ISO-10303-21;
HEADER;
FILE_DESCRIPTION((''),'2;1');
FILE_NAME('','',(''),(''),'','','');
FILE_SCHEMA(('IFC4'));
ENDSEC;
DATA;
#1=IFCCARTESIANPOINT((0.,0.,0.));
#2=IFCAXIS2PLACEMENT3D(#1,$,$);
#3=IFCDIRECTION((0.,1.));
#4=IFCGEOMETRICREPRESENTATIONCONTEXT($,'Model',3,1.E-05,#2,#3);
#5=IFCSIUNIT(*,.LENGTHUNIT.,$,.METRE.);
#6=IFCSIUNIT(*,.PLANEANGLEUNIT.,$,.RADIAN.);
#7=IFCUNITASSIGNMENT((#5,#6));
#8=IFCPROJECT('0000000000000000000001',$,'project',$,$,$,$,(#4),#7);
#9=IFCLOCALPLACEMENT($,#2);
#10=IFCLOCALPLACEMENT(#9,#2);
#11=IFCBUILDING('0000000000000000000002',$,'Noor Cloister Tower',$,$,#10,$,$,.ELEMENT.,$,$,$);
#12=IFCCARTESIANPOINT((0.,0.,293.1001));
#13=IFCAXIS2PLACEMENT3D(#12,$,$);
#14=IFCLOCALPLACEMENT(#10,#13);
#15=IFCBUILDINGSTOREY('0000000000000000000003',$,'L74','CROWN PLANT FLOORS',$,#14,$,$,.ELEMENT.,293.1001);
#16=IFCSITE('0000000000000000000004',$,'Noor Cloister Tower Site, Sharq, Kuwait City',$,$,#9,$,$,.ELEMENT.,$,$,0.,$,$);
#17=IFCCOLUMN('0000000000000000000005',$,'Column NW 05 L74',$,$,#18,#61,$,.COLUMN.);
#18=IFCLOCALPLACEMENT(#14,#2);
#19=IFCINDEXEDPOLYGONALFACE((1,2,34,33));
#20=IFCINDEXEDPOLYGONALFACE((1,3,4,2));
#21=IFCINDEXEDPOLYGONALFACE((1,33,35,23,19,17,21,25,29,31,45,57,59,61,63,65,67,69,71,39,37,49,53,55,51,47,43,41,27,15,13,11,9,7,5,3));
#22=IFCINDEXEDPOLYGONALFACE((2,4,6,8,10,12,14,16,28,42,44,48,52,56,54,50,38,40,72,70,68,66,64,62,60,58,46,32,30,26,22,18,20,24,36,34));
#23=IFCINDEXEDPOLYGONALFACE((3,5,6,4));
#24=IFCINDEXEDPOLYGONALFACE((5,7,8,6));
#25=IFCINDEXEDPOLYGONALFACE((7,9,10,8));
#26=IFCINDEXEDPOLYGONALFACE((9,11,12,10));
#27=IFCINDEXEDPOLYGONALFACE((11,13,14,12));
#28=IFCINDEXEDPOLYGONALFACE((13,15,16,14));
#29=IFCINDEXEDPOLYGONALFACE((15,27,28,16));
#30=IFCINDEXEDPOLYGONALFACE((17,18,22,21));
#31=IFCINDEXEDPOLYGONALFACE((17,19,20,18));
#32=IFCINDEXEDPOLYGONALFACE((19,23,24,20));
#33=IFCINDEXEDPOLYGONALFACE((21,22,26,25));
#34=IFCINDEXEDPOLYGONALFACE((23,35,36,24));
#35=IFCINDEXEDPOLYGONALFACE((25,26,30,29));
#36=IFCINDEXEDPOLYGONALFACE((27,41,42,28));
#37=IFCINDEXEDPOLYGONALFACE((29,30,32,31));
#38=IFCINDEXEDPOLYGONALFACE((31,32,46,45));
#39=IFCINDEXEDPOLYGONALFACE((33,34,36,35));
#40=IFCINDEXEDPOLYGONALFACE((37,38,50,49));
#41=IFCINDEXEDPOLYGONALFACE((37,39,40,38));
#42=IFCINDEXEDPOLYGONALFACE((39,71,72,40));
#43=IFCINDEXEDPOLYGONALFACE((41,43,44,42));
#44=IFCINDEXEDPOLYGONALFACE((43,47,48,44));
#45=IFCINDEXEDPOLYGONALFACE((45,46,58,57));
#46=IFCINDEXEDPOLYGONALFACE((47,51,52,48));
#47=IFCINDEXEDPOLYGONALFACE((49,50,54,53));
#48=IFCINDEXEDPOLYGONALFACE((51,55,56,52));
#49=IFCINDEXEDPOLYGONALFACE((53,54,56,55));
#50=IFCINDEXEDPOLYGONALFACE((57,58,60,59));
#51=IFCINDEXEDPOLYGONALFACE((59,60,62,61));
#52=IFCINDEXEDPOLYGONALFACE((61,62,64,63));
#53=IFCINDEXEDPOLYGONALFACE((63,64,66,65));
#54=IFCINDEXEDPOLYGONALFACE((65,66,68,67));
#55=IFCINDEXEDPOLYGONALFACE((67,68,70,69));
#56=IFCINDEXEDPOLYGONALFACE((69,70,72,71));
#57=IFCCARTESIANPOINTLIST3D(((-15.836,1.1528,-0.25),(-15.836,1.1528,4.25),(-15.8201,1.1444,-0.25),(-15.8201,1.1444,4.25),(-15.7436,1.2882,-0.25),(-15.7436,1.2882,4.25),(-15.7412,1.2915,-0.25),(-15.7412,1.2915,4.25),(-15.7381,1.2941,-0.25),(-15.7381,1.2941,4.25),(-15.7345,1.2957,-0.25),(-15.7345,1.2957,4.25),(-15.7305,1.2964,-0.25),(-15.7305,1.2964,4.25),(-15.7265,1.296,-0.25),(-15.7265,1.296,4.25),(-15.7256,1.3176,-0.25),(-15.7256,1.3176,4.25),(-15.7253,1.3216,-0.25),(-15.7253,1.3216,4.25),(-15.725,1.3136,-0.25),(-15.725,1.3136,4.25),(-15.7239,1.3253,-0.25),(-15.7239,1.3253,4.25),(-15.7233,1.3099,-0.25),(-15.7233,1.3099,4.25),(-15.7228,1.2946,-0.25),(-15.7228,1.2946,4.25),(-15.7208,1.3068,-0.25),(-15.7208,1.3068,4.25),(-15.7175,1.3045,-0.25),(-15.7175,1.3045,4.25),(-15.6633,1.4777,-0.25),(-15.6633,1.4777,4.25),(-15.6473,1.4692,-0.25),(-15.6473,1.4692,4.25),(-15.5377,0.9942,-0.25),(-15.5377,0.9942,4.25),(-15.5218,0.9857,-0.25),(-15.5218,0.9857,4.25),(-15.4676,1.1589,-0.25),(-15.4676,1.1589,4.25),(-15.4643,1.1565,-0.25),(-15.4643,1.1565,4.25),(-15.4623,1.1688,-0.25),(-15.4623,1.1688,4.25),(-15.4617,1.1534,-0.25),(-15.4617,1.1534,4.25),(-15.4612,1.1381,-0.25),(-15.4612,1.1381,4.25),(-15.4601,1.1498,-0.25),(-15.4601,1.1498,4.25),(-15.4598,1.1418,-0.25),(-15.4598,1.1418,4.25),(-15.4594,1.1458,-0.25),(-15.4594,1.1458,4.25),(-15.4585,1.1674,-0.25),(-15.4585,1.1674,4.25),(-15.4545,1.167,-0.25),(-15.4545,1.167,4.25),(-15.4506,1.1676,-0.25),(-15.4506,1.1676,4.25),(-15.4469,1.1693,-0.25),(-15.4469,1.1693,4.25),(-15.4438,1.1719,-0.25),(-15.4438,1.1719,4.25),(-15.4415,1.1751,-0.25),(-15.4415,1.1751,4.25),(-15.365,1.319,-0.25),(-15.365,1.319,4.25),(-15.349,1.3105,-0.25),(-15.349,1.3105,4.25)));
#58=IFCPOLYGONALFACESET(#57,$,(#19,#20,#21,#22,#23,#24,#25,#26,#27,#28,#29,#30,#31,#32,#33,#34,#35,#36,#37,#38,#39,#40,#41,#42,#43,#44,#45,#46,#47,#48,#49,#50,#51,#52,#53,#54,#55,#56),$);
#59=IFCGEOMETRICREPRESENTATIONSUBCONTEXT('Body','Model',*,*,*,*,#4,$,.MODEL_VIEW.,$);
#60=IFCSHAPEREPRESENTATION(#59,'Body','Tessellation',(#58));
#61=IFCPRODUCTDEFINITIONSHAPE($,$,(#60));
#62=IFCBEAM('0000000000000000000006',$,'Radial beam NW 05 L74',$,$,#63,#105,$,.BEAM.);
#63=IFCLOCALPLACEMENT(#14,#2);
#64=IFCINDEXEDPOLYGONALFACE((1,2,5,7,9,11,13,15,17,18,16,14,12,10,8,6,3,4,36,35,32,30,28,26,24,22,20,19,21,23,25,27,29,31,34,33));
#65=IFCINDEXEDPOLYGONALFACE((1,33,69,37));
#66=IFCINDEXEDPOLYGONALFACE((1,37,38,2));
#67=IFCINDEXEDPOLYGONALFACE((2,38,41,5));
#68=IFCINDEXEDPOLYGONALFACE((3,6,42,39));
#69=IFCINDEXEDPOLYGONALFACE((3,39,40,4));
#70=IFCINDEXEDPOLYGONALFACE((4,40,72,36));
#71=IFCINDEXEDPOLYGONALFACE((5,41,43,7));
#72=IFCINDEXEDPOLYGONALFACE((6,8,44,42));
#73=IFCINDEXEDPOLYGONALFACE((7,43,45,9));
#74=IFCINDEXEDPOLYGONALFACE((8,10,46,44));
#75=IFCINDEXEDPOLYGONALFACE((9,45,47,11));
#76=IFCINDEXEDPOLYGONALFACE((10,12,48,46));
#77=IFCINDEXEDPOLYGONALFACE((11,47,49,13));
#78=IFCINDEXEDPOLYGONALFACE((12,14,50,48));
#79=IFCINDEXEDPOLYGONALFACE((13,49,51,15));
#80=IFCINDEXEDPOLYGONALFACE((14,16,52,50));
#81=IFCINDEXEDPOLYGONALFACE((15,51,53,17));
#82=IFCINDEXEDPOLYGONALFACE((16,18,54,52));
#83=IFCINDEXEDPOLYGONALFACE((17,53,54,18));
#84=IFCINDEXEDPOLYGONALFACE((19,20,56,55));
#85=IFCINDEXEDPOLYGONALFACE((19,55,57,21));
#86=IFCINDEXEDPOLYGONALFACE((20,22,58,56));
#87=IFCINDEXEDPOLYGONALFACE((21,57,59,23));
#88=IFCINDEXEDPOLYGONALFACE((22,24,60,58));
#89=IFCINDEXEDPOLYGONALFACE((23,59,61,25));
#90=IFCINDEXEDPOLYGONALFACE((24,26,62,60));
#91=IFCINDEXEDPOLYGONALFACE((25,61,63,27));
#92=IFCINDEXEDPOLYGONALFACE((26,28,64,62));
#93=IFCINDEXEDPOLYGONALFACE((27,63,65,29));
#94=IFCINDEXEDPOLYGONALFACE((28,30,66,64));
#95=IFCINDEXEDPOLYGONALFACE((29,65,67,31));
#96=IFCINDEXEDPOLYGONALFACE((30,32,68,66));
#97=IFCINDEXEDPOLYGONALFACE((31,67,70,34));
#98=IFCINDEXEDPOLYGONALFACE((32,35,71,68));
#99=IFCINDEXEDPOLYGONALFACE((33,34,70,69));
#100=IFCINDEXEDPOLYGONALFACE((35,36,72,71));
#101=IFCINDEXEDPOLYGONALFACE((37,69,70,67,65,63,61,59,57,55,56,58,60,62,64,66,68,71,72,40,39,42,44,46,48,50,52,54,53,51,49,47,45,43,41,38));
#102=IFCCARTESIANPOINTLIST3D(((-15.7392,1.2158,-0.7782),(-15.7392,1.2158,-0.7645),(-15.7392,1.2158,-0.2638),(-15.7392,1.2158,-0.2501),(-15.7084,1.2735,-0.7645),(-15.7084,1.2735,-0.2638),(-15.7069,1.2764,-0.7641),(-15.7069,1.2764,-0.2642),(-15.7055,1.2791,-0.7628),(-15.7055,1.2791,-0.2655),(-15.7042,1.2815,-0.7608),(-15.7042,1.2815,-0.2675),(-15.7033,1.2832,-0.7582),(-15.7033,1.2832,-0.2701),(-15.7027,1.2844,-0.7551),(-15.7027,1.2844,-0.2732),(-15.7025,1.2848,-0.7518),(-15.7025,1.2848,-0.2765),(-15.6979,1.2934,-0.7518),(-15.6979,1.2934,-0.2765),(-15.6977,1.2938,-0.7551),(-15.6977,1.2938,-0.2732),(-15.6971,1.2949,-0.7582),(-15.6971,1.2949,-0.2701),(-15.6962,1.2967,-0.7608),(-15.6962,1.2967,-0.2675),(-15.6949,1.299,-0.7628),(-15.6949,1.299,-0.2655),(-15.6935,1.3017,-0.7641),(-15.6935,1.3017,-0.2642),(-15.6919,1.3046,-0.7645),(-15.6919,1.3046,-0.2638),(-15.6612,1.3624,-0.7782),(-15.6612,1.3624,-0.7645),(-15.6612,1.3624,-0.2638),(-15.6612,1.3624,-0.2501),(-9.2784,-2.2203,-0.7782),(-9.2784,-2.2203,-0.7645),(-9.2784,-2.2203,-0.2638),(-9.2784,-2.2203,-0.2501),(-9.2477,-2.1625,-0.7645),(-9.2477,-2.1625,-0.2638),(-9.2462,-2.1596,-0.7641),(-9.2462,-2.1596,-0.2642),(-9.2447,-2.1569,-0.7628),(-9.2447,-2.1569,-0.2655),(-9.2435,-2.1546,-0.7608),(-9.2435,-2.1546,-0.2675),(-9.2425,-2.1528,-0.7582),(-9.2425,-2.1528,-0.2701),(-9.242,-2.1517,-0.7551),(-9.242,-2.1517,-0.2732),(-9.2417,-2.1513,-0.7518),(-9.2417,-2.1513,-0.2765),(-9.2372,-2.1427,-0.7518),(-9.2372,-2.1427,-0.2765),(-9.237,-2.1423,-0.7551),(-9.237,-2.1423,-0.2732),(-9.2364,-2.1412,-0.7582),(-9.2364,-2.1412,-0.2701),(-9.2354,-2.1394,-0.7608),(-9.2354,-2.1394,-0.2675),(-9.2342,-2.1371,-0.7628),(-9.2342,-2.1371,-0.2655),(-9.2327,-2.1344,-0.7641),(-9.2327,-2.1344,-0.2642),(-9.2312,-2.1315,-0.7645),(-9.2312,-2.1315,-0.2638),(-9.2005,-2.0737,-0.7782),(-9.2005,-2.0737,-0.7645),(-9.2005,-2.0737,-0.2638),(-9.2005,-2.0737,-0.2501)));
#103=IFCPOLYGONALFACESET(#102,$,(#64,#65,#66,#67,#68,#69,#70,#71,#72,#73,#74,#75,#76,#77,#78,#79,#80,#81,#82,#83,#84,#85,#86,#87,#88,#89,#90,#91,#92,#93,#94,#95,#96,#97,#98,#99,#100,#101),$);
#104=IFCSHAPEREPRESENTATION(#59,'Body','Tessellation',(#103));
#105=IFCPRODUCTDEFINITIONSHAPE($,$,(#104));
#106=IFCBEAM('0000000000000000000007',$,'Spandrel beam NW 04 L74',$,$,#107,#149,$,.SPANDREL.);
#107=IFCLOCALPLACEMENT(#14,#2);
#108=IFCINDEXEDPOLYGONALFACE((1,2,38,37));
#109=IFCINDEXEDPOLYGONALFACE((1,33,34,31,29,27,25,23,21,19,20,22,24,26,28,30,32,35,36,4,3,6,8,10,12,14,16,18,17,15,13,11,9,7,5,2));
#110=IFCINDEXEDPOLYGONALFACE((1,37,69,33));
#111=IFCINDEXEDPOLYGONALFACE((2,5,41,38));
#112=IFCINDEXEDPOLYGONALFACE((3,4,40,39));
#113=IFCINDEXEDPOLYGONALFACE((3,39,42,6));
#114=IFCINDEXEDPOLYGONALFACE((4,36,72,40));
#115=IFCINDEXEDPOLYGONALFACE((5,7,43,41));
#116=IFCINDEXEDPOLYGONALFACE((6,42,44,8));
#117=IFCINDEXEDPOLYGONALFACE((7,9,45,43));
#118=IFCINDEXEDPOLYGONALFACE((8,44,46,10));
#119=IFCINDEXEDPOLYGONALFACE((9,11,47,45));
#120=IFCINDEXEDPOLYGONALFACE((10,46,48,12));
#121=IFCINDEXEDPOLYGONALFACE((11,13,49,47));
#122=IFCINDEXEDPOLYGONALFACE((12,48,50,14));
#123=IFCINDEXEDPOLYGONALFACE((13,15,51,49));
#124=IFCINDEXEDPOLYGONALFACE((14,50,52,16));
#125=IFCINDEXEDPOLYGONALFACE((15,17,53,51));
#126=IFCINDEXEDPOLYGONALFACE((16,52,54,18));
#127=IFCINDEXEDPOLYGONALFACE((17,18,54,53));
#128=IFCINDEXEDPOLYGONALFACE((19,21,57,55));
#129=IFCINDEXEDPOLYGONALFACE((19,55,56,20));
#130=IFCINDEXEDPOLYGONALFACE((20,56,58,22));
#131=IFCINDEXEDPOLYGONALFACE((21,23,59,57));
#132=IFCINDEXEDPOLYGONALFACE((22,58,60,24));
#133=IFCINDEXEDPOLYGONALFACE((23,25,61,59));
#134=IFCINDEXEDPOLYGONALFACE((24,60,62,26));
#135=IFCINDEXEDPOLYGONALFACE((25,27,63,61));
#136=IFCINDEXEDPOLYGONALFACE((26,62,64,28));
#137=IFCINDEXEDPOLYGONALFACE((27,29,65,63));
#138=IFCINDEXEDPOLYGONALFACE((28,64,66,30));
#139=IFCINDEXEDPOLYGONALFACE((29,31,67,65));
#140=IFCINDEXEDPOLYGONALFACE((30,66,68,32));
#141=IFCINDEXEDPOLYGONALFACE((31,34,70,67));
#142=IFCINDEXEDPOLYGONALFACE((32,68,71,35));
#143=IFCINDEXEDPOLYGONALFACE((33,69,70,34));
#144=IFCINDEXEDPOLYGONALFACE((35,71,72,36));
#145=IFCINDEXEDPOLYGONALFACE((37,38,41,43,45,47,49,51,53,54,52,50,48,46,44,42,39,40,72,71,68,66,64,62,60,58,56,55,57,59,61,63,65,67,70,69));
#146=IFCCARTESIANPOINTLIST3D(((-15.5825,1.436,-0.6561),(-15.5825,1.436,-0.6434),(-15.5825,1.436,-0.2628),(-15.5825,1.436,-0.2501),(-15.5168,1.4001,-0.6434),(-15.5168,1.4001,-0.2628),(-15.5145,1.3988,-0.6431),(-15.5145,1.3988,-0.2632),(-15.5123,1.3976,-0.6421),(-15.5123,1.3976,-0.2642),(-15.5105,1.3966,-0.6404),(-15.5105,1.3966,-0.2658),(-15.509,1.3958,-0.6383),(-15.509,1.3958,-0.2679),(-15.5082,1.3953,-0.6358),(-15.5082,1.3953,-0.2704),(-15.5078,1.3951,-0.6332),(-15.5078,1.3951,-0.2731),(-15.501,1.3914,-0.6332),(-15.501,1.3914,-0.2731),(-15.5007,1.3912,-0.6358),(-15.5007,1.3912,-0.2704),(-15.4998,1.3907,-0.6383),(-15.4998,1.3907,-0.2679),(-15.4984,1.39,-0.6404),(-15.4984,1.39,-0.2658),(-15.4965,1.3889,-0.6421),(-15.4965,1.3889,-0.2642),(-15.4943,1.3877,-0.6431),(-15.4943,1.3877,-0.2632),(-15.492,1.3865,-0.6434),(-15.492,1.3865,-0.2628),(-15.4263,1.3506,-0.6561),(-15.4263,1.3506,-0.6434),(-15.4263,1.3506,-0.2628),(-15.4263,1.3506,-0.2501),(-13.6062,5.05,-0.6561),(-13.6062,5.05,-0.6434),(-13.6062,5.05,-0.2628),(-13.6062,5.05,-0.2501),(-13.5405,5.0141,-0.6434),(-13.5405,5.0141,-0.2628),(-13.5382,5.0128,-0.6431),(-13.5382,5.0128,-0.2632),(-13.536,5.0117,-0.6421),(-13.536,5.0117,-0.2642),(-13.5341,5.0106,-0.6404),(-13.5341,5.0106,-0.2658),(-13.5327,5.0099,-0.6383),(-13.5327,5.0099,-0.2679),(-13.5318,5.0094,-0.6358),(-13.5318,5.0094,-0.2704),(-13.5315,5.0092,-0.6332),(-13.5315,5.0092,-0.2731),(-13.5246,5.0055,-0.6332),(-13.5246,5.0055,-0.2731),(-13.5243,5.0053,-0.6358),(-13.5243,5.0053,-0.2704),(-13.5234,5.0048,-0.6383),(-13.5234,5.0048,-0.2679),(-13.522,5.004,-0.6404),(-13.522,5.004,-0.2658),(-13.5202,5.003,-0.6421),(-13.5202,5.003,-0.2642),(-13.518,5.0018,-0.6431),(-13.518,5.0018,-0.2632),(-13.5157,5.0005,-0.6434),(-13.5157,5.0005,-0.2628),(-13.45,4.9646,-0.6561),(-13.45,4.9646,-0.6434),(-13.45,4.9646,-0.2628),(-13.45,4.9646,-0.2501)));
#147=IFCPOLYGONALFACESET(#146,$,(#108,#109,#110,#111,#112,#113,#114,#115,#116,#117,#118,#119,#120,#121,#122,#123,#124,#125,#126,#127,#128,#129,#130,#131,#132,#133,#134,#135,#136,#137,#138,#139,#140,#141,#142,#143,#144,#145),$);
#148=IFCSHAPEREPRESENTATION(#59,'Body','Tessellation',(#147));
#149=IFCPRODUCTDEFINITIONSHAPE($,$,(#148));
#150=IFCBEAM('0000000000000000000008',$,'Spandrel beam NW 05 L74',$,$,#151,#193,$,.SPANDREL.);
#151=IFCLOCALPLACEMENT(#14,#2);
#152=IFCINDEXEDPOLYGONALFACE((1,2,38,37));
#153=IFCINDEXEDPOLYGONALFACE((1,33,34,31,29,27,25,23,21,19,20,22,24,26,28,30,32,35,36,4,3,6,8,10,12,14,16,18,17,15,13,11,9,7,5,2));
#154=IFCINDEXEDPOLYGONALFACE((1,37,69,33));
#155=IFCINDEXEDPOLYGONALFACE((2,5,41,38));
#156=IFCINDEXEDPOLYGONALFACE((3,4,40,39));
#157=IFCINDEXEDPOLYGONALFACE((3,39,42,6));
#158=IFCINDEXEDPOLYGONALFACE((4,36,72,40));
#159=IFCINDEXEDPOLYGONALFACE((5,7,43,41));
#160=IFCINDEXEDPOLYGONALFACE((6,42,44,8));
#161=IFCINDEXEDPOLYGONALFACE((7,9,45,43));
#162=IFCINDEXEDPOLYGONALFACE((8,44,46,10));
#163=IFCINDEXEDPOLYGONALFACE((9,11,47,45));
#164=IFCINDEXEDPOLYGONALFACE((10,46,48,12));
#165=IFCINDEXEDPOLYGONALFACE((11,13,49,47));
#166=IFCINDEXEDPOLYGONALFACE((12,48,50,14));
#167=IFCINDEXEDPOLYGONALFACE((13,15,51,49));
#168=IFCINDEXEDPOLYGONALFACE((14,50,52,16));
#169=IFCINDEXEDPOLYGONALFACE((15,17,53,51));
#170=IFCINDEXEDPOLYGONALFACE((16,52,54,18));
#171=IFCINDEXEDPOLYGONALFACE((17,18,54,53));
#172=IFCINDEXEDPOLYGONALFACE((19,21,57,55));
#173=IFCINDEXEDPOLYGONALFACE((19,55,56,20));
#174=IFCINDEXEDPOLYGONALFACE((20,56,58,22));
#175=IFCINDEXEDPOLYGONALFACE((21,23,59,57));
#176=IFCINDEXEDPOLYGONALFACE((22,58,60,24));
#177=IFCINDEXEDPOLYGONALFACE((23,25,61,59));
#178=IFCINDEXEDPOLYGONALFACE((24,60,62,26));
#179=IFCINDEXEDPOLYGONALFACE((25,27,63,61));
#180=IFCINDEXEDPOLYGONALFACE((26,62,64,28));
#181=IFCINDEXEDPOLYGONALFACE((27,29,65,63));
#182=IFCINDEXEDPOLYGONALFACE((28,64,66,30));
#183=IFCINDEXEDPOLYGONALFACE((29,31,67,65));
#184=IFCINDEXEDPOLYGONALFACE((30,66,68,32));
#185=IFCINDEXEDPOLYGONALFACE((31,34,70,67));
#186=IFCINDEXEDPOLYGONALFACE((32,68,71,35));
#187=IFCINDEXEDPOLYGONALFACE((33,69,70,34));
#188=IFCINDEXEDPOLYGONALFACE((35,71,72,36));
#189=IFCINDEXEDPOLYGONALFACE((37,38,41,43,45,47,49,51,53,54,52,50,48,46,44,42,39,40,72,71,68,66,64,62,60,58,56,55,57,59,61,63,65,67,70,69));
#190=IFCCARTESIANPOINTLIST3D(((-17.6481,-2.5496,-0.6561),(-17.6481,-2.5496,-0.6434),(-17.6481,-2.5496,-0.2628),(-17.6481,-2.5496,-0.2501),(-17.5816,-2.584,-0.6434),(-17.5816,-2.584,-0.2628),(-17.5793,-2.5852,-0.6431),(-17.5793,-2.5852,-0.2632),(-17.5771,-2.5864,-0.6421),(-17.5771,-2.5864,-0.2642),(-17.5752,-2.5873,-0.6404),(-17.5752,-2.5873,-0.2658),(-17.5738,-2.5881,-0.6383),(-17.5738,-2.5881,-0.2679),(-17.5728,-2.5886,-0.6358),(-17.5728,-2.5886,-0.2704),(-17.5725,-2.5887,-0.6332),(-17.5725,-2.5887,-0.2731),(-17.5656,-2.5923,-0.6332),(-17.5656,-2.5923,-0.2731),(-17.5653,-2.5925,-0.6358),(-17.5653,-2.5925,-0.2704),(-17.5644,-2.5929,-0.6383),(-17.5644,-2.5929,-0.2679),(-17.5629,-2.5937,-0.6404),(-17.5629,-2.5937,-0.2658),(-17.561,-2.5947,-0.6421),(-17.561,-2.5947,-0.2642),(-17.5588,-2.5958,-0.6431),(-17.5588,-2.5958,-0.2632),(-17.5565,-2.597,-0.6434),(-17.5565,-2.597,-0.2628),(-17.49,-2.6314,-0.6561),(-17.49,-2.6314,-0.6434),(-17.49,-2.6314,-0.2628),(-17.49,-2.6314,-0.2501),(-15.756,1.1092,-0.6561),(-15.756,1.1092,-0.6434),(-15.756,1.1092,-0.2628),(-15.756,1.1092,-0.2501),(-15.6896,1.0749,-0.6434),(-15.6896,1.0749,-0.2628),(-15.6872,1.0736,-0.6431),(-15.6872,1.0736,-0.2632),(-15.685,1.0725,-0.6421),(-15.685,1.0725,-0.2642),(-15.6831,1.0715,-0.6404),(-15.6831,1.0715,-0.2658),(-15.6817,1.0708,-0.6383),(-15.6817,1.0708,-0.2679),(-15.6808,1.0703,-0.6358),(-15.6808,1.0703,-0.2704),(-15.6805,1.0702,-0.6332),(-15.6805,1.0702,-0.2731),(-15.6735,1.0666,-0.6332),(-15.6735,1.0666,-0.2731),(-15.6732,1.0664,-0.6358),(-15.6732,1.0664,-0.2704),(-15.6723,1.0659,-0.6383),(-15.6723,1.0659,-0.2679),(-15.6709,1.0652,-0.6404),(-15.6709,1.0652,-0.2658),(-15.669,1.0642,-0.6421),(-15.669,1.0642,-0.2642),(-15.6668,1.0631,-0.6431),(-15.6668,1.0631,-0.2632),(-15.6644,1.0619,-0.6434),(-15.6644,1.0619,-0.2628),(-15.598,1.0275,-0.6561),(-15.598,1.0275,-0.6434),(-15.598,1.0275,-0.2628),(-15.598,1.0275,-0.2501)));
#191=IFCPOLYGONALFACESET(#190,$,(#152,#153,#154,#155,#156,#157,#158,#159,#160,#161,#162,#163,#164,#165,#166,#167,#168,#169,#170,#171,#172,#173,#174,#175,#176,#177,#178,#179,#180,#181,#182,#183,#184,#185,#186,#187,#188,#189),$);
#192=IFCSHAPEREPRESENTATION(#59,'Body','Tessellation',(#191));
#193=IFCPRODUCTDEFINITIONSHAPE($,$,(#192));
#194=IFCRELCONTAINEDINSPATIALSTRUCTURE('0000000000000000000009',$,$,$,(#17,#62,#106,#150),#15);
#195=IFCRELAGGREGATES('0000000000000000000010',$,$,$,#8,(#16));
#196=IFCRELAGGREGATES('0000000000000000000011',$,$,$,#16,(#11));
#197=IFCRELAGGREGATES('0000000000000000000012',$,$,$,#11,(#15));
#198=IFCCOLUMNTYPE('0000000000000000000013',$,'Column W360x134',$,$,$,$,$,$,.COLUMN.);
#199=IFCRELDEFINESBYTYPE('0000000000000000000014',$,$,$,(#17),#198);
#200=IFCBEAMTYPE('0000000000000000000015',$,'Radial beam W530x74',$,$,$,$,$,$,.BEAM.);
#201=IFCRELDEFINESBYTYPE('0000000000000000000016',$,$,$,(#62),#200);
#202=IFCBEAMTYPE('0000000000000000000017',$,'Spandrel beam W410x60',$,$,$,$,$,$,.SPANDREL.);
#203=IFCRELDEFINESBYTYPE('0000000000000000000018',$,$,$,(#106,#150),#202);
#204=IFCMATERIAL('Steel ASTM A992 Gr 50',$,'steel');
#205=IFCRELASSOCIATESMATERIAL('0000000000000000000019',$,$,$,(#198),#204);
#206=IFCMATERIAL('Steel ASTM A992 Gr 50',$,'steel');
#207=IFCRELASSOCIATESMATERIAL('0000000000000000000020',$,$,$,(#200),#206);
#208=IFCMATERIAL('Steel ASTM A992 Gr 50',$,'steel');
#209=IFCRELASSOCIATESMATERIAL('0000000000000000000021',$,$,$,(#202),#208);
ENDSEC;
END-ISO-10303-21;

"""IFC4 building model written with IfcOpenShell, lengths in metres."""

from ifc_helpers import new_model, si_unit, direction, frame, origin, origin_2d, place, context, subcontext, project, spatial, i_section, extrude, material, material_profile, profile_set, type_object, element, save


model = new_model("IFC4")

# Units and contexts
model_context = context("Model", 3, precision=1e-05, world=origin(), true_north=direction((0.0, 1.0)))
body_context = subcontext(model_context, "Body", "Model", "MODEL_VIEW")
ifc_project = project(units=[si_unit("LENGTHUNIT", "METRE"), si_unit("PLANEANGLEUNIT", "RADIAN")], contexts=[model_context])

# Site, building, storey
site_placement = place(None, origin())
site = spatial("IfcSite", under=ifc_project, at=site_placement, Name="Noor Cloister Tower Site, Sharq, Kuwait City", CompositionType="ELEMENT", RefElevation=0.0)
building_placement = place(site_placement, origin())
building = spatial("IfcBuilding", under=site, at=building_placement, Name="Noor Cloister Tower", CompositionType="ELEMENT")
storey_placement = place(building_placement, frame((0.0, 0.0, 293.1001)))
storey = spatial("IfcBuildingStorey", under=building, at=storey_placement, Name="L74", Description="CROWN PLANT FLOORS", CompositionType="ELEMENT", Elevation=293.1001)

# Column
ifc_material_1 = material(Name="Steel ASTM A992 Gr 50", Category="steel")
ifc_material_profile_1 = material_profile(ifc_material_1, i_section(OverallWidth=0.3679, OverallDepth=0.356, WebThickness=0.0112, FlangeThickness=0.0181, FilletRadius=0.0154, at=origin_2d()), Name="W360x134")
ifc_profile_set_1 = profile_set([ifc_material_profile_1], Name="Steel ASTM A992 Gr 50")
column_type = type_object("IfcColumnType", Name="Column W360x134", PredefinedType="COLUMN", material=ifc_profile_set_1)
column_placement = place(storey_placement, frame((-15.5925, 1.2317, -0.25), z_axis=(0.0, 0.0, 1.0), x_axis=(-0.469576, -0.882892, 0.0)))
element("IfcColumn", 1, at=column_placement, inside=storey, type_object=column_type, Name="Column NW 05 L74", PredefinedType="COLUMN", context=body_context, shape_type="SweptSolid", body=[
    extrude(i_section(OverallWidth=0.3679, OverallDepth=0.356, WebThickness=0.0112, FlangeThickness=0.0181, FilletRadius=0.0154, at=origin_2d()), origin(), (0.0, 0.0, 1.0), 4.5),
])

# Beams
ifc_material_2 = material(Name="Steel ASTM A992 Gr 50", Category="steel")
ifc_material_profile_2 = material_profile(ifc_material_2, i_section(OverallWidth=0.166, OverallDepth=0.5281, WebThickness=0.0098, FlangeThickness=0.0137, FilletRadius=0.0127, at=origin_2d()), Name="W530x74")
ifc_profile_set_2 = profile_set([ifc_material_profile_2], Name="Steel ASTM A992 Gr 50")
beam_type_1 = type_object("IfcBeamType", Name="Radial beam W530x74", PredefinedType="BEAM", material=ifc_profile_set_2)
beam_placement = place(storey_placement, frame((-15.7002, 1.2891, -0.5142), z_axis=(0.882901, -0.469559, 0.0), x_axis=(0.469559, 0.882901, 0.0)))
element("IfcBeam", 2, at=beam_placement, inside=storey, type_object=beam_type_1, Name="Radial beam NW 05 L74", PredefinedType="BEAM", context=body_context, shape_type="SweptSolid", body=[
    extrude(i_section(OverallWidth=0.166, OverallDepth=0.5281, WebThickness=0.0098, FlangeThickness=0.0137, FilletRadius=0.0127, at=origin_2d()), origin(), (0.0, 0.0, 1.0), 7.3176),
])
ifc_material_3 = material(Name="Steel ASTM A992 Gr 50", Category="steel")
ifc_material_profile_3 = material_profile(ifc_material_3, i_section(OverallWidth=0.178, OverallDepth=0.406, WebThickness=0.0078, FlangeThickness=0.0127, FilletRadius=0.0103, at=origin_2d()), Name="W410x60")
ifc_profile_set_3 = profile_set([ifc_material_profile_3], Name="Steel ASTM A992 Gr 50")
beam_type_2 = type_object("IfcBeamType", Name="Spandrel beam W410x60", PredefinedType="SPANDREL", material=ifc_profile_set_3)
for number, where, z_axis, x_axis, name in (
    (3, (-13.5281, 5.0073, -0.4531), (-0.479795, -0.877381, 0.0), (0.877381, -0.479795, 0.0), "Spandrel beam NW 04 L74"),
    (4, (-15.677, 1.0684, -0.4531), (-0.459334, -0.888264, 0.0), (0.888264, -0.459334, 0.0), "Spandrel beam NW 05 L74"),
):
    element("IfcBeam", number, at=place(storey_placement, frame(where, z_axis=z_axis, x_axis=x_axis)), inside=storey, type_object=beam_type_2, Name=name, PredefinedType="SPANDREL", context=body_context, shape_type="SweptSolid", body=[
        extrude(i_section(OverallWidth=0.178, OverallDepth=0.406, WebThickness=0.0078, FlangeThickness=0.0127, FilletRadius=0.0103, at=origin_2d()), origin(), (0.0, 0.0, 1.0), 4.1191),
    ])

save(model, "model.ifc")
